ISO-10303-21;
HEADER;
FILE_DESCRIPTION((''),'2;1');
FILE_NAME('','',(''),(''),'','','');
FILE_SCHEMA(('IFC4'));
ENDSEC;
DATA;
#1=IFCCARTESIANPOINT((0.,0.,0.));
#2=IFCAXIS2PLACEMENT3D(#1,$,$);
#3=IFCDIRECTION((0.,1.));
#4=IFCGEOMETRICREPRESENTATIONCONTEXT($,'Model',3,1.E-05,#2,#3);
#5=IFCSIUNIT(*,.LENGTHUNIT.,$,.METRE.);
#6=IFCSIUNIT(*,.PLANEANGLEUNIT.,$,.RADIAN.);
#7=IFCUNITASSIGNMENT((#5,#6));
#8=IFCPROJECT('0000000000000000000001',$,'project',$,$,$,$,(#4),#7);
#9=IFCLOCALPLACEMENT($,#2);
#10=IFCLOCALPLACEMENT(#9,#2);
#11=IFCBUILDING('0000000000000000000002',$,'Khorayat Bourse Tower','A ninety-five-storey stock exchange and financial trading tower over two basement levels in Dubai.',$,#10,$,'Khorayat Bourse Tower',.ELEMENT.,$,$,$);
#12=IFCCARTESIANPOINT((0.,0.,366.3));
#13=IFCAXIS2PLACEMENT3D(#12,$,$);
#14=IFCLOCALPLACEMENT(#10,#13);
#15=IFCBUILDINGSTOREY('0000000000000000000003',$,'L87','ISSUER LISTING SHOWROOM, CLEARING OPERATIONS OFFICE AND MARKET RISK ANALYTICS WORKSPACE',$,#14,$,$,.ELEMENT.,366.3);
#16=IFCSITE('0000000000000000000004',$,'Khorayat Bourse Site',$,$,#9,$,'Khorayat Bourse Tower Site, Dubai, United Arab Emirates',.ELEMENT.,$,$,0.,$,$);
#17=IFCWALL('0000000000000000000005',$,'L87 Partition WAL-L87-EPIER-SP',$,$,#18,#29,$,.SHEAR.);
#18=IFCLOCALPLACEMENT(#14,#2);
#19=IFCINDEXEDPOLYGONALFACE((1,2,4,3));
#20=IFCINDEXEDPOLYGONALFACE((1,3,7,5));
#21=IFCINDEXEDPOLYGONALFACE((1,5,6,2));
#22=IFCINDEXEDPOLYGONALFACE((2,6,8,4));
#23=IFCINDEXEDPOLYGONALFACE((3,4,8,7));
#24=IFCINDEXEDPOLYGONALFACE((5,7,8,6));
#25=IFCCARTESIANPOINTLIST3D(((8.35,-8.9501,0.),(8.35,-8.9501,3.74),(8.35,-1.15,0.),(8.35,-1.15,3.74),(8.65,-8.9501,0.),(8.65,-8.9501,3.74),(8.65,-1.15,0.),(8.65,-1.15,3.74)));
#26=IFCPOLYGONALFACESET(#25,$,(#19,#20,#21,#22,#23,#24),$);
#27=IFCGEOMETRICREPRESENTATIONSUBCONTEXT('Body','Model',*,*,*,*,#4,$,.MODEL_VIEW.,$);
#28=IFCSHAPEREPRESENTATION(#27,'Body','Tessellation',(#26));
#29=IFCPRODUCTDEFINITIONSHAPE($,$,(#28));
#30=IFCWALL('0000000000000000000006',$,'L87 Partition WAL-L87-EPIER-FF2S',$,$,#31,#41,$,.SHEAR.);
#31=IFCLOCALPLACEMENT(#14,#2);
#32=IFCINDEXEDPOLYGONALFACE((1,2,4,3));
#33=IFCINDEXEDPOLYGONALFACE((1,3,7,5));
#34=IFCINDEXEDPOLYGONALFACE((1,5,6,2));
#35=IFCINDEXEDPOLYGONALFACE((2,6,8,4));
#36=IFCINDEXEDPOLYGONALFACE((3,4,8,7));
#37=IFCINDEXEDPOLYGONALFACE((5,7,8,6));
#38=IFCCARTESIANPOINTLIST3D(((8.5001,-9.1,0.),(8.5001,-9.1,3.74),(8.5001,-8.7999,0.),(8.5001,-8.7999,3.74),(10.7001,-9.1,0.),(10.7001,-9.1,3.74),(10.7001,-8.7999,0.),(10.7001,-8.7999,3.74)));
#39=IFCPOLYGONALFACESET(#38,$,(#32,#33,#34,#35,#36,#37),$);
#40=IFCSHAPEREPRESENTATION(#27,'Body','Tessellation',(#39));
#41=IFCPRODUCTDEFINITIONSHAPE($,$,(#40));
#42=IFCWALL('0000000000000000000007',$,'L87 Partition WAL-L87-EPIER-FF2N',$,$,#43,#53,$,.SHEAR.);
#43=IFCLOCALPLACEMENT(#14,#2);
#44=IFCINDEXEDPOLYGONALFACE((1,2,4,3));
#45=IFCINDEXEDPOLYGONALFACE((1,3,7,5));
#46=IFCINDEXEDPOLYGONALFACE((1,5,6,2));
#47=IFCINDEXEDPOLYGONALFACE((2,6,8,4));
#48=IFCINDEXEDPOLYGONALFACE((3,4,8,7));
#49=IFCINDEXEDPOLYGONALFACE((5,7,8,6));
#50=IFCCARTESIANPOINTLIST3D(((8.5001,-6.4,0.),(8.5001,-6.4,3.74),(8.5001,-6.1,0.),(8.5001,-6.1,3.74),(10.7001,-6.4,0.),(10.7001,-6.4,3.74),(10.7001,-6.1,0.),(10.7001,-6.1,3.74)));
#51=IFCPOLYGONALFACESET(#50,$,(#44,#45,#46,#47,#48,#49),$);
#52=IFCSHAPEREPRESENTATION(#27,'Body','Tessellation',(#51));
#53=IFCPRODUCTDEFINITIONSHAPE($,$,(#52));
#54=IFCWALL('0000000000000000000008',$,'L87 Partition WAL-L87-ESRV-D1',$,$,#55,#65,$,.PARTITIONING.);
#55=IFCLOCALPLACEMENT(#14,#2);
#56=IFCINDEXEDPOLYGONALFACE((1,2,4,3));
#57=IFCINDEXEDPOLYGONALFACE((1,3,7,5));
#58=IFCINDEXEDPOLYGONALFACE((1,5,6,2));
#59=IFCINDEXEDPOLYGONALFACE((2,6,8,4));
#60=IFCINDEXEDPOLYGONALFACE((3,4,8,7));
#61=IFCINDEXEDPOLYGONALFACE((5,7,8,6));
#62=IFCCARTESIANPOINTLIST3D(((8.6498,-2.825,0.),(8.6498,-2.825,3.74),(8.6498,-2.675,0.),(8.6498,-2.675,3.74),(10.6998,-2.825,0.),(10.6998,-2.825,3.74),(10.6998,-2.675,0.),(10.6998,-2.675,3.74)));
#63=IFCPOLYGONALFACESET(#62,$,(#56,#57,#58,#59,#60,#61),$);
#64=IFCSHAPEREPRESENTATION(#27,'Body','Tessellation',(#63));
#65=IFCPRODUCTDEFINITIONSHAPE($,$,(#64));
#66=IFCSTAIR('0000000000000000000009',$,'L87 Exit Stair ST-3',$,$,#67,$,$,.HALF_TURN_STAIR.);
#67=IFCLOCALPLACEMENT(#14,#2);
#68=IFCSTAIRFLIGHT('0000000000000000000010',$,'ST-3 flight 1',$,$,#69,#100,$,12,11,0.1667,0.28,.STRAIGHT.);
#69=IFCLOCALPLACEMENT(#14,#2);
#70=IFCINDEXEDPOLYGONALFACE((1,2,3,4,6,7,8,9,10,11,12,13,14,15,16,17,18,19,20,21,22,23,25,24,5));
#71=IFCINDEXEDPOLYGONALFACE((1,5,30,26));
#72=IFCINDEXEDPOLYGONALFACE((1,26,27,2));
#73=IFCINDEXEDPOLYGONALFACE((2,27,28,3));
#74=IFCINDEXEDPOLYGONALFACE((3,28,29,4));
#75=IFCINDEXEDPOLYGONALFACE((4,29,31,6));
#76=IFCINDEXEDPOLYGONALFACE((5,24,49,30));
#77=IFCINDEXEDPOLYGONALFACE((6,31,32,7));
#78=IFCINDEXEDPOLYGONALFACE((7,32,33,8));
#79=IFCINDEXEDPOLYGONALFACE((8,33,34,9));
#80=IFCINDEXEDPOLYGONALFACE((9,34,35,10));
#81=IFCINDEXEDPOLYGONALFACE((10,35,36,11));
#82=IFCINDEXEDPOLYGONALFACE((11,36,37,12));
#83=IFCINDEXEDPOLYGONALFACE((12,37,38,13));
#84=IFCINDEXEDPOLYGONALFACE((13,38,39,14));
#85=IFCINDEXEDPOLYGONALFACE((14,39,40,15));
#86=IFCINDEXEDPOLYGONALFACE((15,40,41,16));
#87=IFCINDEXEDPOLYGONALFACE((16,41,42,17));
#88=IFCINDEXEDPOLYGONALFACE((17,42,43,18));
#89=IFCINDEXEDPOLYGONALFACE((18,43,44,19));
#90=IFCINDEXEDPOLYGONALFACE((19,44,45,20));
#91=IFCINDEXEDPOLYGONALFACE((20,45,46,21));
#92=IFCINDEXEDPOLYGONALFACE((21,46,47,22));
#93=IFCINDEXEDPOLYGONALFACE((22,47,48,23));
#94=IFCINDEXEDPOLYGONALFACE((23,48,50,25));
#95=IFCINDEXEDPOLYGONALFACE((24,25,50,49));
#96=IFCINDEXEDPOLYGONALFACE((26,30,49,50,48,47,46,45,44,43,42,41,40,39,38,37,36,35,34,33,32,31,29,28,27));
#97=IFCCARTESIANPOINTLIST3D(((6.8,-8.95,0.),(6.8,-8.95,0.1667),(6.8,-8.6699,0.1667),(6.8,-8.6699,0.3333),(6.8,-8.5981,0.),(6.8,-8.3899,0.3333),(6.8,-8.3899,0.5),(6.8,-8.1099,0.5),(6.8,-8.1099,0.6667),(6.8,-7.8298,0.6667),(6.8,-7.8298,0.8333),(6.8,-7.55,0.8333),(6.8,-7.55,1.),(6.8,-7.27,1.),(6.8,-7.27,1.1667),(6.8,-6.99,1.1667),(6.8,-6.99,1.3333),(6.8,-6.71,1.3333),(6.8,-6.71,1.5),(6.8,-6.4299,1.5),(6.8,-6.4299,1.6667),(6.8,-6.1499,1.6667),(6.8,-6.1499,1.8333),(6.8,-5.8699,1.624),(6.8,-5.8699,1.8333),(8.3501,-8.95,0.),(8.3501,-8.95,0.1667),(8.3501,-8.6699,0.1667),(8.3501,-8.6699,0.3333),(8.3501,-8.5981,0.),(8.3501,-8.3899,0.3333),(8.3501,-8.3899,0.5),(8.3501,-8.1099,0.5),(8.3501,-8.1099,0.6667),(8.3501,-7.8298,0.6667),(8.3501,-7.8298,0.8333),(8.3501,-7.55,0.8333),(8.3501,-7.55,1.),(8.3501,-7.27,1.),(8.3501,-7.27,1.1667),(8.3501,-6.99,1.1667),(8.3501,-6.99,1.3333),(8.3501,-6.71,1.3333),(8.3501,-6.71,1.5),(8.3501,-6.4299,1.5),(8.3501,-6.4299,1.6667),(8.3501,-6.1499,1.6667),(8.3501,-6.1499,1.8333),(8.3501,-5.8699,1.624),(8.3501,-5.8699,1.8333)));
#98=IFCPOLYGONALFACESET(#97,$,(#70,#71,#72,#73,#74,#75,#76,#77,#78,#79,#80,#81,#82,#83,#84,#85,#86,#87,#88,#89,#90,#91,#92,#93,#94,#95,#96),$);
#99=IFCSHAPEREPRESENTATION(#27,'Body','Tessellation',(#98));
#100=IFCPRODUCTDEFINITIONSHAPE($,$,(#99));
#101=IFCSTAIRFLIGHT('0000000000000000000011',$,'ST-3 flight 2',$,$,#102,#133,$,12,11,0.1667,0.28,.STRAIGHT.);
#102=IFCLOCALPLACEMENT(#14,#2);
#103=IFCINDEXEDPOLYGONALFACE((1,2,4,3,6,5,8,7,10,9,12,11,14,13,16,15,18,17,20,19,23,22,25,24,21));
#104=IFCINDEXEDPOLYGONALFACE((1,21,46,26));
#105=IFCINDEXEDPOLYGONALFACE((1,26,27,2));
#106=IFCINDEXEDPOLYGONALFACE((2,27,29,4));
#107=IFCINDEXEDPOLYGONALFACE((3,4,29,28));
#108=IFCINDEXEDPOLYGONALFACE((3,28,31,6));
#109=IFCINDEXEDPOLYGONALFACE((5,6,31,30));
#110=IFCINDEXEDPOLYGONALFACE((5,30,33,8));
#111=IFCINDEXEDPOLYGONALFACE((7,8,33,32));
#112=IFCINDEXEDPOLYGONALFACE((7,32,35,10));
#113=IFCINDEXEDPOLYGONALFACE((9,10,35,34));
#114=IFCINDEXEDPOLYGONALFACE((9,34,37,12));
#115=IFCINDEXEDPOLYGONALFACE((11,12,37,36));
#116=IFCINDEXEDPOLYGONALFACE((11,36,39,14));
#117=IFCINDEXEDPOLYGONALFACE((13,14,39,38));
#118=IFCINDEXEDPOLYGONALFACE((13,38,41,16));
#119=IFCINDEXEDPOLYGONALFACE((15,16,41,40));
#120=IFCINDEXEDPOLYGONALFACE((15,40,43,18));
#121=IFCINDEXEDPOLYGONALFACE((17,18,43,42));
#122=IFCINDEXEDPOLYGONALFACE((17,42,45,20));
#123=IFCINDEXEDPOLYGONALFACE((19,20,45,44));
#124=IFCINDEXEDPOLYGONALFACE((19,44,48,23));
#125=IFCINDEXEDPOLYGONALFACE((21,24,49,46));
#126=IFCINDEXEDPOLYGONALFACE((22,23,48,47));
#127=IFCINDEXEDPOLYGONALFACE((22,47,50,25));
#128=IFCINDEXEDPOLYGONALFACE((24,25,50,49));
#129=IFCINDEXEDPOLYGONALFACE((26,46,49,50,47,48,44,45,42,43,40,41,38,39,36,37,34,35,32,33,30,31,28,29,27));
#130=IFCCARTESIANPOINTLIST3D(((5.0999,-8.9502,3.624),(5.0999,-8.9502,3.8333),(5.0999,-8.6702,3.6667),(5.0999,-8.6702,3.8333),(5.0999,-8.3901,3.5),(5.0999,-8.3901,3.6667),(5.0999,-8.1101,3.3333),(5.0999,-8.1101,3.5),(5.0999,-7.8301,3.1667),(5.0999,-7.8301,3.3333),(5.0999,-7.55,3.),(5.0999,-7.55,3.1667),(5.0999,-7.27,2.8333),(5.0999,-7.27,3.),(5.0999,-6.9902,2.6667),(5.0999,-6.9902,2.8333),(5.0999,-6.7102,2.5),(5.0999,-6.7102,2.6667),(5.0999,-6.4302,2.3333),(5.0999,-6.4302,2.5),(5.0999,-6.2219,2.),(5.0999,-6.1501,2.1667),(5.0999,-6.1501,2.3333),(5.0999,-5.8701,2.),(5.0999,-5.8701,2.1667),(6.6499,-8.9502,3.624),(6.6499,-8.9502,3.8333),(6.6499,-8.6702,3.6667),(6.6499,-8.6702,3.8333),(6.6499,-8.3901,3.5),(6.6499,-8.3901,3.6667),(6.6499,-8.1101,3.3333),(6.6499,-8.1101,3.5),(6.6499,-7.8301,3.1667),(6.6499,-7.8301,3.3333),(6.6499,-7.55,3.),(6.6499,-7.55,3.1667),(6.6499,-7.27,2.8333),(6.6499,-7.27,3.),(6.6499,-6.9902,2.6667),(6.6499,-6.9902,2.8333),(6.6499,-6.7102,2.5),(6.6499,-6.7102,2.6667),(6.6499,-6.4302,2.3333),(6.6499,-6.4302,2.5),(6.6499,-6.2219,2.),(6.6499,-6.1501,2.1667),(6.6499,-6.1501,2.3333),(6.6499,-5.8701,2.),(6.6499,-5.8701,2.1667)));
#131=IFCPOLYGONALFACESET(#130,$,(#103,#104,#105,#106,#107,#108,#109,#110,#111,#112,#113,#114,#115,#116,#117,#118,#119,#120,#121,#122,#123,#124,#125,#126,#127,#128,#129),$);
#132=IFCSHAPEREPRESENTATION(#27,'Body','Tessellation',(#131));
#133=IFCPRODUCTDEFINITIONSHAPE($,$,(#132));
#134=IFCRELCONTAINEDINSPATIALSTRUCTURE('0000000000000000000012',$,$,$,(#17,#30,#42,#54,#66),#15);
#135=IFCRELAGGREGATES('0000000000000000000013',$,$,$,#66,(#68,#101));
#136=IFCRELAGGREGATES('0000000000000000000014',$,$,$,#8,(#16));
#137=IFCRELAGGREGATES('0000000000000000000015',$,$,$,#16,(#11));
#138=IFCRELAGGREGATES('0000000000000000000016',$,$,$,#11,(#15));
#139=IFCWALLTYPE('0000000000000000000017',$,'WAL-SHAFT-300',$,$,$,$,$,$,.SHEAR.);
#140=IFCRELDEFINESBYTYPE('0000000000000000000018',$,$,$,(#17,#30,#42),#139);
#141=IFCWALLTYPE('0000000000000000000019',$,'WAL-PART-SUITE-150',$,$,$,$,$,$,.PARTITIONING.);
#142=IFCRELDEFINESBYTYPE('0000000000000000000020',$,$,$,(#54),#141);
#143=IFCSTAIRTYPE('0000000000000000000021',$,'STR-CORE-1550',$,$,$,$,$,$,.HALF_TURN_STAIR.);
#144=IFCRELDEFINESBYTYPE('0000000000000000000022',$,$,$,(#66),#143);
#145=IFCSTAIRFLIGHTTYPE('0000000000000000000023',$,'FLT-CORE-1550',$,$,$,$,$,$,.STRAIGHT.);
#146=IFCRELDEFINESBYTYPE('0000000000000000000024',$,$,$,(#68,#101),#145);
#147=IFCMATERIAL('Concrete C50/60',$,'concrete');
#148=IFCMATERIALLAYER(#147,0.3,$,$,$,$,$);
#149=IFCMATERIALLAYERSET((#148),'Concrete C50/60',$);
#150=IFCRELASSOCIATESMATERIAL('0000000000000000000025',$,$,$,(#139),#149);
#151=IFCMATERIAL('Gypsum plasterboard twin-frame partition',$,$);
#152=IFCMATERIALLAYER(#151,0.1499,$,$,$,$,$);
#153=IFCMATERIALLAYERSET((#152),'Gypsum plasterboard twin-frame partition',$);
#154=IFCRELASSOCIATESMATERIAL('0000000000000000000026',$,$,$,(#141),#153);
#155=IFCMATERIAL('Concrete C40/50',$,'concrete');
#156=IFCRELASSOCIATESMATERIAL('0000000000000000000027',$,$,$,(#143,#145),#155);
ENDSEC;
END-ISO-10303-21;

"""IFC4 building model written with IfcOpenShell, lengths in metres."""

from ifc_helpers import new_model, si_unit, direction, frame, frame_2d, origin, place, context, subcontext, project, spatial, polyline, rectangle, outline, extrude, source, transform, mapped, material, layer, layer_set, type_object, element, aggregate, save


model = new_model("IFC4")

# Units and contexts
model_context = context("Model", 3, precision=1e-05, world=origin(), true_north=direction((0.0, 1.0)))
body_context = subcontext(model_context, "Body", "Model", "MODEL_VIEW")
ifc_project = project(units=[si_unit("LENGTHUNIT", "METRE"), si_unit("PLANEANGLEUNIT", "RADIAN")], contexts=[model_context])

# Site, building, storey
site_placement = place(None, origin())
site = spatial("IfcSite", under=ifc_project, at=site_placement, Name="Khorayat Bourse Site", LongName="Khorayat Bourse Tower Site, Dubai, United Arab Emirates", CompositionType="ELEMENT", RefElevation=0.0)
building_placement = place(site_placement, origin())
building = spatial("IfcBuilding", under=site, at=building_placement, Name="Khorayat Bourse Tower", Description="A ninety-five-storey stock exchange and financial trading tower over two basement levels in Dubai.", LongName="Khorayat Bourse Tower", CompositionType="ELEMENT")
storey_placement = place(building_placement, frame((0.0, 0.0, 366.3)))
storey = spatial("IfcBuildingStorey", under=building, at=storey_placement, Name="L87", Description="ISSUER LISTING SHOWROOM, CLEARING OPERATIONS OFFICE AND MARKET RISK ANALYTICS WORKSPACE", CompositionType="ELEMENT", Elevation=366.3)

# Walls
ifc_material_1 = material(Name="Concrete C50/60", Category="concrete")
ifc_layer_1 = layer(ifc_material_1, 0.3)
ifc_layer_set_1 = layer_set([ifc_layer_1], Name="Concrete C50/60")
wall_type_1 = type_object("IfcWallType", Name="WAL-SHAFT-300", PredefinedType="SHEAR", material=ifc_layer_set_1)
shared_shape_1 = source(origin(), body_context, "Body", "SweptSolid", [
    extrude(rectangle(XDim=7.8, YDim=0.3, at=frame_2d((3.8999, 0.0))), origin(), (0.0, 0.0, 1.0), 3.74),
])
wall_1_placement = place(storey_placement, frame((8.5, -8.95, 0.0), z_axis=(0.0, 0.0, 1.0), x_axis=(0.0, 1.0, 0.0)))
element("IfcWall", 1, at=wall_1_placement, inside=storey, type_object=wall_type_1, Name="L87 Partition WAL-L87-EPIER-SP", PredefinedType="SHEAR", context=body_context, shape_type="MappedRepresentation", body=[
    mapped(shared_shape_1, transform((0.0, 0.0, 0.0), scale=1.0)),
])
shared_shape_2 = source(origin(), body_context, "Body", "SweptSolid", [
    extrude(rectangle(XDim=2.2, YDim=0.3, at=frame_2d((1.1001, 0.0))), origin(), (0.0, 0.0, 1.0), 3.74),
])
for number, where, z_axis, x_axis, name in (
    (2, (8.5, -8.95, 0.0), (0.0, 0.0, 1.0), (1.0, 0.0, 0.0), "L87 Partition WAL-L87-EPIER-FF2S"),
    (3, (8.5, -6.25, 0.0), (0.0, 0.0, 1.0), (1.0, 0.0, 0.0), "L87 Partition WAL-L87-EPIER-FF2N"),
):
    element("IfcWall", number, at=place(storey_placement, frame(where, z_axis=z_axis, x_axis=x_axis)), inside=storey, type_object=wall_type_1, Name=name, PredefinedType="SHEAR", context=body_context, shape_type="MappedRepresentation", body=[
        mapped(shared_shape_2, transform((0.0, 0.0, 0.0), scale=1.0)),
    ])
ifc_material_2 = material(Name="Gypsum plasterboard twin-frame partition")
ifc_layer_2 = layer(ifc_material_2, 0.1499)
ifc_layer_set_2 = layer_set([ifc_layer_2], Name="Gypsum plasterboard twin-frame partition")
wall_type_2 = type_object("IfcWallType", Name="WAL-PART-SUITE-150", PredefinedType="PARTITIONING", material=ifc_layer_set_2)
shared_shape_3 = source(origin(), body_context, "Body", "SweptSolid", [
    extrude(rectangle(XDim=2.05, YDim=0.1499, at=frame_2d((1.0249, 0.0))), origin(), (0.0, 0.0, 1.0), 3.74),
])
wall_2_placement = place(storey_placement, frame((8.6499, -2.75, 0.0), z_axis=(0.0, 0.0, 1.0), x_axis=(1.0, 0.0, 0.0)))
element("IfcWall", 4, at=wall_2_placement, inside=storey, type_object=wall_type_2, Name="L87 Partition WAL-L87-ESRV-D1", PredefinedType="PARTITIONING", context=body_context, shape_type="MappedRepresentation", body=[
    mapped(shared_shape_3, transform((0.0, 0.0, 0.0), scale=1.0)),
])

# Stair, stair flights
ifc_material_3 = material(Name="Concrete C40/50", Category="concrete")
stair_type = type_object("IfcStairType", Name="STR-CORE-1550", PredefinedType="HALF_TURN_STAIR", material=ifc_material_3)
stair_placement = place(storey_placement, origin())
stair = element("IfcStair", 5, at=stair_placement, inside=storey, type_object=stair_type, Name="L87 Exit Stair ST-3", PredefinedType="HALF_TURN_STAIR")
stair_flight_type = type_object("IfcStairFlightType", Name="FLT-CORE-1550", PredefinedType="STRAIGHT", material=ifc_material_3)
shared_shape_4 = source(origin(), body_context, "Body", "SweptSolid", [
    extrude(outline(polyline([(0.0, 0.0), (0.0, 0.1667), (0.28, 0.1667), (0.28, 0.3333), (0.5601, 0.3333), (0.5601, 0.5), (0.8401, 0.5), (0.8401, 0.6667), (1.1201, 0.6667), (1.1201, 0.8333), (1.3999, 0.8333), (1.3999, 1.0), (1.6799, 1.0), (1.6799, 1.1667), (1.96, 1.1667), (1.96, 1.3333), (2.24, 1.3333), (2.24, 1.5), (2.52, 1.5), (2.52, 1.6667), (2.8, 1.6667), (2.8, 1.8333), (3.0801, 1.8333), (3.0801, 2.0), (3.0801, 1.624), (0.3518, 0.0), (0.0, 0.0)])), frame((0.0, 0.7749, 0.0), z_axis=(0.0, -1.0, 0.0), x_axis=(1.0, 0.0, 0.0)), (0.0, 0.0, 1.0), 1.55),
])
stair_flight_1_placement = place(storey_placement, frame((7.575, -8.95, 0.0), z_axis=(0.0, 0.0, 1.0), x_axis=(0.0, 1.0, 0.0)))
stair_flight_1 = element("IfcStairFlight", 6, at=stair_flight_1_placement, type_object=stair_flight_type, Name="ST-3 flight 1", NumberOfRisers=12, NumberOfTreads=11, PredefinedType="STRAIGHT", RiserHeight=0.1667, TreadLength=0.28, context=body_context, shape_type="MappedRepresentation", body=[
    mapped(shared_shape_4, transform((0.0, 0.0, 0.0), scale=1.0)),
])
stair_flight_2_placement = place(storey_placement, frame((5.875, -5.8701, 2.0), z_axis=(0.0, 0.0, 1.0), x_axis=(0.0, -1.0, 0.0)))
stair_flight_2 = element("IfcStairFlight", 7, at=stair_flight_2_placement, type_object=stair_flight_type, Name="ST-3 flight 2", NumberOfRisers=12, NumberOfTreads=11, PredefinedType="STRAIGHT", RiserHeight=0.1667, TreadLength=0.28, context=body_context, shape_type="MappedRepresentation", body=[
    mapped(shared_shape_4, transform((0.0, 0.0, 0.0), scale=1.0)),
])
aggregate(stair, [stair_flight_1, stair_flight_2])

save(model, "model.ifc")
